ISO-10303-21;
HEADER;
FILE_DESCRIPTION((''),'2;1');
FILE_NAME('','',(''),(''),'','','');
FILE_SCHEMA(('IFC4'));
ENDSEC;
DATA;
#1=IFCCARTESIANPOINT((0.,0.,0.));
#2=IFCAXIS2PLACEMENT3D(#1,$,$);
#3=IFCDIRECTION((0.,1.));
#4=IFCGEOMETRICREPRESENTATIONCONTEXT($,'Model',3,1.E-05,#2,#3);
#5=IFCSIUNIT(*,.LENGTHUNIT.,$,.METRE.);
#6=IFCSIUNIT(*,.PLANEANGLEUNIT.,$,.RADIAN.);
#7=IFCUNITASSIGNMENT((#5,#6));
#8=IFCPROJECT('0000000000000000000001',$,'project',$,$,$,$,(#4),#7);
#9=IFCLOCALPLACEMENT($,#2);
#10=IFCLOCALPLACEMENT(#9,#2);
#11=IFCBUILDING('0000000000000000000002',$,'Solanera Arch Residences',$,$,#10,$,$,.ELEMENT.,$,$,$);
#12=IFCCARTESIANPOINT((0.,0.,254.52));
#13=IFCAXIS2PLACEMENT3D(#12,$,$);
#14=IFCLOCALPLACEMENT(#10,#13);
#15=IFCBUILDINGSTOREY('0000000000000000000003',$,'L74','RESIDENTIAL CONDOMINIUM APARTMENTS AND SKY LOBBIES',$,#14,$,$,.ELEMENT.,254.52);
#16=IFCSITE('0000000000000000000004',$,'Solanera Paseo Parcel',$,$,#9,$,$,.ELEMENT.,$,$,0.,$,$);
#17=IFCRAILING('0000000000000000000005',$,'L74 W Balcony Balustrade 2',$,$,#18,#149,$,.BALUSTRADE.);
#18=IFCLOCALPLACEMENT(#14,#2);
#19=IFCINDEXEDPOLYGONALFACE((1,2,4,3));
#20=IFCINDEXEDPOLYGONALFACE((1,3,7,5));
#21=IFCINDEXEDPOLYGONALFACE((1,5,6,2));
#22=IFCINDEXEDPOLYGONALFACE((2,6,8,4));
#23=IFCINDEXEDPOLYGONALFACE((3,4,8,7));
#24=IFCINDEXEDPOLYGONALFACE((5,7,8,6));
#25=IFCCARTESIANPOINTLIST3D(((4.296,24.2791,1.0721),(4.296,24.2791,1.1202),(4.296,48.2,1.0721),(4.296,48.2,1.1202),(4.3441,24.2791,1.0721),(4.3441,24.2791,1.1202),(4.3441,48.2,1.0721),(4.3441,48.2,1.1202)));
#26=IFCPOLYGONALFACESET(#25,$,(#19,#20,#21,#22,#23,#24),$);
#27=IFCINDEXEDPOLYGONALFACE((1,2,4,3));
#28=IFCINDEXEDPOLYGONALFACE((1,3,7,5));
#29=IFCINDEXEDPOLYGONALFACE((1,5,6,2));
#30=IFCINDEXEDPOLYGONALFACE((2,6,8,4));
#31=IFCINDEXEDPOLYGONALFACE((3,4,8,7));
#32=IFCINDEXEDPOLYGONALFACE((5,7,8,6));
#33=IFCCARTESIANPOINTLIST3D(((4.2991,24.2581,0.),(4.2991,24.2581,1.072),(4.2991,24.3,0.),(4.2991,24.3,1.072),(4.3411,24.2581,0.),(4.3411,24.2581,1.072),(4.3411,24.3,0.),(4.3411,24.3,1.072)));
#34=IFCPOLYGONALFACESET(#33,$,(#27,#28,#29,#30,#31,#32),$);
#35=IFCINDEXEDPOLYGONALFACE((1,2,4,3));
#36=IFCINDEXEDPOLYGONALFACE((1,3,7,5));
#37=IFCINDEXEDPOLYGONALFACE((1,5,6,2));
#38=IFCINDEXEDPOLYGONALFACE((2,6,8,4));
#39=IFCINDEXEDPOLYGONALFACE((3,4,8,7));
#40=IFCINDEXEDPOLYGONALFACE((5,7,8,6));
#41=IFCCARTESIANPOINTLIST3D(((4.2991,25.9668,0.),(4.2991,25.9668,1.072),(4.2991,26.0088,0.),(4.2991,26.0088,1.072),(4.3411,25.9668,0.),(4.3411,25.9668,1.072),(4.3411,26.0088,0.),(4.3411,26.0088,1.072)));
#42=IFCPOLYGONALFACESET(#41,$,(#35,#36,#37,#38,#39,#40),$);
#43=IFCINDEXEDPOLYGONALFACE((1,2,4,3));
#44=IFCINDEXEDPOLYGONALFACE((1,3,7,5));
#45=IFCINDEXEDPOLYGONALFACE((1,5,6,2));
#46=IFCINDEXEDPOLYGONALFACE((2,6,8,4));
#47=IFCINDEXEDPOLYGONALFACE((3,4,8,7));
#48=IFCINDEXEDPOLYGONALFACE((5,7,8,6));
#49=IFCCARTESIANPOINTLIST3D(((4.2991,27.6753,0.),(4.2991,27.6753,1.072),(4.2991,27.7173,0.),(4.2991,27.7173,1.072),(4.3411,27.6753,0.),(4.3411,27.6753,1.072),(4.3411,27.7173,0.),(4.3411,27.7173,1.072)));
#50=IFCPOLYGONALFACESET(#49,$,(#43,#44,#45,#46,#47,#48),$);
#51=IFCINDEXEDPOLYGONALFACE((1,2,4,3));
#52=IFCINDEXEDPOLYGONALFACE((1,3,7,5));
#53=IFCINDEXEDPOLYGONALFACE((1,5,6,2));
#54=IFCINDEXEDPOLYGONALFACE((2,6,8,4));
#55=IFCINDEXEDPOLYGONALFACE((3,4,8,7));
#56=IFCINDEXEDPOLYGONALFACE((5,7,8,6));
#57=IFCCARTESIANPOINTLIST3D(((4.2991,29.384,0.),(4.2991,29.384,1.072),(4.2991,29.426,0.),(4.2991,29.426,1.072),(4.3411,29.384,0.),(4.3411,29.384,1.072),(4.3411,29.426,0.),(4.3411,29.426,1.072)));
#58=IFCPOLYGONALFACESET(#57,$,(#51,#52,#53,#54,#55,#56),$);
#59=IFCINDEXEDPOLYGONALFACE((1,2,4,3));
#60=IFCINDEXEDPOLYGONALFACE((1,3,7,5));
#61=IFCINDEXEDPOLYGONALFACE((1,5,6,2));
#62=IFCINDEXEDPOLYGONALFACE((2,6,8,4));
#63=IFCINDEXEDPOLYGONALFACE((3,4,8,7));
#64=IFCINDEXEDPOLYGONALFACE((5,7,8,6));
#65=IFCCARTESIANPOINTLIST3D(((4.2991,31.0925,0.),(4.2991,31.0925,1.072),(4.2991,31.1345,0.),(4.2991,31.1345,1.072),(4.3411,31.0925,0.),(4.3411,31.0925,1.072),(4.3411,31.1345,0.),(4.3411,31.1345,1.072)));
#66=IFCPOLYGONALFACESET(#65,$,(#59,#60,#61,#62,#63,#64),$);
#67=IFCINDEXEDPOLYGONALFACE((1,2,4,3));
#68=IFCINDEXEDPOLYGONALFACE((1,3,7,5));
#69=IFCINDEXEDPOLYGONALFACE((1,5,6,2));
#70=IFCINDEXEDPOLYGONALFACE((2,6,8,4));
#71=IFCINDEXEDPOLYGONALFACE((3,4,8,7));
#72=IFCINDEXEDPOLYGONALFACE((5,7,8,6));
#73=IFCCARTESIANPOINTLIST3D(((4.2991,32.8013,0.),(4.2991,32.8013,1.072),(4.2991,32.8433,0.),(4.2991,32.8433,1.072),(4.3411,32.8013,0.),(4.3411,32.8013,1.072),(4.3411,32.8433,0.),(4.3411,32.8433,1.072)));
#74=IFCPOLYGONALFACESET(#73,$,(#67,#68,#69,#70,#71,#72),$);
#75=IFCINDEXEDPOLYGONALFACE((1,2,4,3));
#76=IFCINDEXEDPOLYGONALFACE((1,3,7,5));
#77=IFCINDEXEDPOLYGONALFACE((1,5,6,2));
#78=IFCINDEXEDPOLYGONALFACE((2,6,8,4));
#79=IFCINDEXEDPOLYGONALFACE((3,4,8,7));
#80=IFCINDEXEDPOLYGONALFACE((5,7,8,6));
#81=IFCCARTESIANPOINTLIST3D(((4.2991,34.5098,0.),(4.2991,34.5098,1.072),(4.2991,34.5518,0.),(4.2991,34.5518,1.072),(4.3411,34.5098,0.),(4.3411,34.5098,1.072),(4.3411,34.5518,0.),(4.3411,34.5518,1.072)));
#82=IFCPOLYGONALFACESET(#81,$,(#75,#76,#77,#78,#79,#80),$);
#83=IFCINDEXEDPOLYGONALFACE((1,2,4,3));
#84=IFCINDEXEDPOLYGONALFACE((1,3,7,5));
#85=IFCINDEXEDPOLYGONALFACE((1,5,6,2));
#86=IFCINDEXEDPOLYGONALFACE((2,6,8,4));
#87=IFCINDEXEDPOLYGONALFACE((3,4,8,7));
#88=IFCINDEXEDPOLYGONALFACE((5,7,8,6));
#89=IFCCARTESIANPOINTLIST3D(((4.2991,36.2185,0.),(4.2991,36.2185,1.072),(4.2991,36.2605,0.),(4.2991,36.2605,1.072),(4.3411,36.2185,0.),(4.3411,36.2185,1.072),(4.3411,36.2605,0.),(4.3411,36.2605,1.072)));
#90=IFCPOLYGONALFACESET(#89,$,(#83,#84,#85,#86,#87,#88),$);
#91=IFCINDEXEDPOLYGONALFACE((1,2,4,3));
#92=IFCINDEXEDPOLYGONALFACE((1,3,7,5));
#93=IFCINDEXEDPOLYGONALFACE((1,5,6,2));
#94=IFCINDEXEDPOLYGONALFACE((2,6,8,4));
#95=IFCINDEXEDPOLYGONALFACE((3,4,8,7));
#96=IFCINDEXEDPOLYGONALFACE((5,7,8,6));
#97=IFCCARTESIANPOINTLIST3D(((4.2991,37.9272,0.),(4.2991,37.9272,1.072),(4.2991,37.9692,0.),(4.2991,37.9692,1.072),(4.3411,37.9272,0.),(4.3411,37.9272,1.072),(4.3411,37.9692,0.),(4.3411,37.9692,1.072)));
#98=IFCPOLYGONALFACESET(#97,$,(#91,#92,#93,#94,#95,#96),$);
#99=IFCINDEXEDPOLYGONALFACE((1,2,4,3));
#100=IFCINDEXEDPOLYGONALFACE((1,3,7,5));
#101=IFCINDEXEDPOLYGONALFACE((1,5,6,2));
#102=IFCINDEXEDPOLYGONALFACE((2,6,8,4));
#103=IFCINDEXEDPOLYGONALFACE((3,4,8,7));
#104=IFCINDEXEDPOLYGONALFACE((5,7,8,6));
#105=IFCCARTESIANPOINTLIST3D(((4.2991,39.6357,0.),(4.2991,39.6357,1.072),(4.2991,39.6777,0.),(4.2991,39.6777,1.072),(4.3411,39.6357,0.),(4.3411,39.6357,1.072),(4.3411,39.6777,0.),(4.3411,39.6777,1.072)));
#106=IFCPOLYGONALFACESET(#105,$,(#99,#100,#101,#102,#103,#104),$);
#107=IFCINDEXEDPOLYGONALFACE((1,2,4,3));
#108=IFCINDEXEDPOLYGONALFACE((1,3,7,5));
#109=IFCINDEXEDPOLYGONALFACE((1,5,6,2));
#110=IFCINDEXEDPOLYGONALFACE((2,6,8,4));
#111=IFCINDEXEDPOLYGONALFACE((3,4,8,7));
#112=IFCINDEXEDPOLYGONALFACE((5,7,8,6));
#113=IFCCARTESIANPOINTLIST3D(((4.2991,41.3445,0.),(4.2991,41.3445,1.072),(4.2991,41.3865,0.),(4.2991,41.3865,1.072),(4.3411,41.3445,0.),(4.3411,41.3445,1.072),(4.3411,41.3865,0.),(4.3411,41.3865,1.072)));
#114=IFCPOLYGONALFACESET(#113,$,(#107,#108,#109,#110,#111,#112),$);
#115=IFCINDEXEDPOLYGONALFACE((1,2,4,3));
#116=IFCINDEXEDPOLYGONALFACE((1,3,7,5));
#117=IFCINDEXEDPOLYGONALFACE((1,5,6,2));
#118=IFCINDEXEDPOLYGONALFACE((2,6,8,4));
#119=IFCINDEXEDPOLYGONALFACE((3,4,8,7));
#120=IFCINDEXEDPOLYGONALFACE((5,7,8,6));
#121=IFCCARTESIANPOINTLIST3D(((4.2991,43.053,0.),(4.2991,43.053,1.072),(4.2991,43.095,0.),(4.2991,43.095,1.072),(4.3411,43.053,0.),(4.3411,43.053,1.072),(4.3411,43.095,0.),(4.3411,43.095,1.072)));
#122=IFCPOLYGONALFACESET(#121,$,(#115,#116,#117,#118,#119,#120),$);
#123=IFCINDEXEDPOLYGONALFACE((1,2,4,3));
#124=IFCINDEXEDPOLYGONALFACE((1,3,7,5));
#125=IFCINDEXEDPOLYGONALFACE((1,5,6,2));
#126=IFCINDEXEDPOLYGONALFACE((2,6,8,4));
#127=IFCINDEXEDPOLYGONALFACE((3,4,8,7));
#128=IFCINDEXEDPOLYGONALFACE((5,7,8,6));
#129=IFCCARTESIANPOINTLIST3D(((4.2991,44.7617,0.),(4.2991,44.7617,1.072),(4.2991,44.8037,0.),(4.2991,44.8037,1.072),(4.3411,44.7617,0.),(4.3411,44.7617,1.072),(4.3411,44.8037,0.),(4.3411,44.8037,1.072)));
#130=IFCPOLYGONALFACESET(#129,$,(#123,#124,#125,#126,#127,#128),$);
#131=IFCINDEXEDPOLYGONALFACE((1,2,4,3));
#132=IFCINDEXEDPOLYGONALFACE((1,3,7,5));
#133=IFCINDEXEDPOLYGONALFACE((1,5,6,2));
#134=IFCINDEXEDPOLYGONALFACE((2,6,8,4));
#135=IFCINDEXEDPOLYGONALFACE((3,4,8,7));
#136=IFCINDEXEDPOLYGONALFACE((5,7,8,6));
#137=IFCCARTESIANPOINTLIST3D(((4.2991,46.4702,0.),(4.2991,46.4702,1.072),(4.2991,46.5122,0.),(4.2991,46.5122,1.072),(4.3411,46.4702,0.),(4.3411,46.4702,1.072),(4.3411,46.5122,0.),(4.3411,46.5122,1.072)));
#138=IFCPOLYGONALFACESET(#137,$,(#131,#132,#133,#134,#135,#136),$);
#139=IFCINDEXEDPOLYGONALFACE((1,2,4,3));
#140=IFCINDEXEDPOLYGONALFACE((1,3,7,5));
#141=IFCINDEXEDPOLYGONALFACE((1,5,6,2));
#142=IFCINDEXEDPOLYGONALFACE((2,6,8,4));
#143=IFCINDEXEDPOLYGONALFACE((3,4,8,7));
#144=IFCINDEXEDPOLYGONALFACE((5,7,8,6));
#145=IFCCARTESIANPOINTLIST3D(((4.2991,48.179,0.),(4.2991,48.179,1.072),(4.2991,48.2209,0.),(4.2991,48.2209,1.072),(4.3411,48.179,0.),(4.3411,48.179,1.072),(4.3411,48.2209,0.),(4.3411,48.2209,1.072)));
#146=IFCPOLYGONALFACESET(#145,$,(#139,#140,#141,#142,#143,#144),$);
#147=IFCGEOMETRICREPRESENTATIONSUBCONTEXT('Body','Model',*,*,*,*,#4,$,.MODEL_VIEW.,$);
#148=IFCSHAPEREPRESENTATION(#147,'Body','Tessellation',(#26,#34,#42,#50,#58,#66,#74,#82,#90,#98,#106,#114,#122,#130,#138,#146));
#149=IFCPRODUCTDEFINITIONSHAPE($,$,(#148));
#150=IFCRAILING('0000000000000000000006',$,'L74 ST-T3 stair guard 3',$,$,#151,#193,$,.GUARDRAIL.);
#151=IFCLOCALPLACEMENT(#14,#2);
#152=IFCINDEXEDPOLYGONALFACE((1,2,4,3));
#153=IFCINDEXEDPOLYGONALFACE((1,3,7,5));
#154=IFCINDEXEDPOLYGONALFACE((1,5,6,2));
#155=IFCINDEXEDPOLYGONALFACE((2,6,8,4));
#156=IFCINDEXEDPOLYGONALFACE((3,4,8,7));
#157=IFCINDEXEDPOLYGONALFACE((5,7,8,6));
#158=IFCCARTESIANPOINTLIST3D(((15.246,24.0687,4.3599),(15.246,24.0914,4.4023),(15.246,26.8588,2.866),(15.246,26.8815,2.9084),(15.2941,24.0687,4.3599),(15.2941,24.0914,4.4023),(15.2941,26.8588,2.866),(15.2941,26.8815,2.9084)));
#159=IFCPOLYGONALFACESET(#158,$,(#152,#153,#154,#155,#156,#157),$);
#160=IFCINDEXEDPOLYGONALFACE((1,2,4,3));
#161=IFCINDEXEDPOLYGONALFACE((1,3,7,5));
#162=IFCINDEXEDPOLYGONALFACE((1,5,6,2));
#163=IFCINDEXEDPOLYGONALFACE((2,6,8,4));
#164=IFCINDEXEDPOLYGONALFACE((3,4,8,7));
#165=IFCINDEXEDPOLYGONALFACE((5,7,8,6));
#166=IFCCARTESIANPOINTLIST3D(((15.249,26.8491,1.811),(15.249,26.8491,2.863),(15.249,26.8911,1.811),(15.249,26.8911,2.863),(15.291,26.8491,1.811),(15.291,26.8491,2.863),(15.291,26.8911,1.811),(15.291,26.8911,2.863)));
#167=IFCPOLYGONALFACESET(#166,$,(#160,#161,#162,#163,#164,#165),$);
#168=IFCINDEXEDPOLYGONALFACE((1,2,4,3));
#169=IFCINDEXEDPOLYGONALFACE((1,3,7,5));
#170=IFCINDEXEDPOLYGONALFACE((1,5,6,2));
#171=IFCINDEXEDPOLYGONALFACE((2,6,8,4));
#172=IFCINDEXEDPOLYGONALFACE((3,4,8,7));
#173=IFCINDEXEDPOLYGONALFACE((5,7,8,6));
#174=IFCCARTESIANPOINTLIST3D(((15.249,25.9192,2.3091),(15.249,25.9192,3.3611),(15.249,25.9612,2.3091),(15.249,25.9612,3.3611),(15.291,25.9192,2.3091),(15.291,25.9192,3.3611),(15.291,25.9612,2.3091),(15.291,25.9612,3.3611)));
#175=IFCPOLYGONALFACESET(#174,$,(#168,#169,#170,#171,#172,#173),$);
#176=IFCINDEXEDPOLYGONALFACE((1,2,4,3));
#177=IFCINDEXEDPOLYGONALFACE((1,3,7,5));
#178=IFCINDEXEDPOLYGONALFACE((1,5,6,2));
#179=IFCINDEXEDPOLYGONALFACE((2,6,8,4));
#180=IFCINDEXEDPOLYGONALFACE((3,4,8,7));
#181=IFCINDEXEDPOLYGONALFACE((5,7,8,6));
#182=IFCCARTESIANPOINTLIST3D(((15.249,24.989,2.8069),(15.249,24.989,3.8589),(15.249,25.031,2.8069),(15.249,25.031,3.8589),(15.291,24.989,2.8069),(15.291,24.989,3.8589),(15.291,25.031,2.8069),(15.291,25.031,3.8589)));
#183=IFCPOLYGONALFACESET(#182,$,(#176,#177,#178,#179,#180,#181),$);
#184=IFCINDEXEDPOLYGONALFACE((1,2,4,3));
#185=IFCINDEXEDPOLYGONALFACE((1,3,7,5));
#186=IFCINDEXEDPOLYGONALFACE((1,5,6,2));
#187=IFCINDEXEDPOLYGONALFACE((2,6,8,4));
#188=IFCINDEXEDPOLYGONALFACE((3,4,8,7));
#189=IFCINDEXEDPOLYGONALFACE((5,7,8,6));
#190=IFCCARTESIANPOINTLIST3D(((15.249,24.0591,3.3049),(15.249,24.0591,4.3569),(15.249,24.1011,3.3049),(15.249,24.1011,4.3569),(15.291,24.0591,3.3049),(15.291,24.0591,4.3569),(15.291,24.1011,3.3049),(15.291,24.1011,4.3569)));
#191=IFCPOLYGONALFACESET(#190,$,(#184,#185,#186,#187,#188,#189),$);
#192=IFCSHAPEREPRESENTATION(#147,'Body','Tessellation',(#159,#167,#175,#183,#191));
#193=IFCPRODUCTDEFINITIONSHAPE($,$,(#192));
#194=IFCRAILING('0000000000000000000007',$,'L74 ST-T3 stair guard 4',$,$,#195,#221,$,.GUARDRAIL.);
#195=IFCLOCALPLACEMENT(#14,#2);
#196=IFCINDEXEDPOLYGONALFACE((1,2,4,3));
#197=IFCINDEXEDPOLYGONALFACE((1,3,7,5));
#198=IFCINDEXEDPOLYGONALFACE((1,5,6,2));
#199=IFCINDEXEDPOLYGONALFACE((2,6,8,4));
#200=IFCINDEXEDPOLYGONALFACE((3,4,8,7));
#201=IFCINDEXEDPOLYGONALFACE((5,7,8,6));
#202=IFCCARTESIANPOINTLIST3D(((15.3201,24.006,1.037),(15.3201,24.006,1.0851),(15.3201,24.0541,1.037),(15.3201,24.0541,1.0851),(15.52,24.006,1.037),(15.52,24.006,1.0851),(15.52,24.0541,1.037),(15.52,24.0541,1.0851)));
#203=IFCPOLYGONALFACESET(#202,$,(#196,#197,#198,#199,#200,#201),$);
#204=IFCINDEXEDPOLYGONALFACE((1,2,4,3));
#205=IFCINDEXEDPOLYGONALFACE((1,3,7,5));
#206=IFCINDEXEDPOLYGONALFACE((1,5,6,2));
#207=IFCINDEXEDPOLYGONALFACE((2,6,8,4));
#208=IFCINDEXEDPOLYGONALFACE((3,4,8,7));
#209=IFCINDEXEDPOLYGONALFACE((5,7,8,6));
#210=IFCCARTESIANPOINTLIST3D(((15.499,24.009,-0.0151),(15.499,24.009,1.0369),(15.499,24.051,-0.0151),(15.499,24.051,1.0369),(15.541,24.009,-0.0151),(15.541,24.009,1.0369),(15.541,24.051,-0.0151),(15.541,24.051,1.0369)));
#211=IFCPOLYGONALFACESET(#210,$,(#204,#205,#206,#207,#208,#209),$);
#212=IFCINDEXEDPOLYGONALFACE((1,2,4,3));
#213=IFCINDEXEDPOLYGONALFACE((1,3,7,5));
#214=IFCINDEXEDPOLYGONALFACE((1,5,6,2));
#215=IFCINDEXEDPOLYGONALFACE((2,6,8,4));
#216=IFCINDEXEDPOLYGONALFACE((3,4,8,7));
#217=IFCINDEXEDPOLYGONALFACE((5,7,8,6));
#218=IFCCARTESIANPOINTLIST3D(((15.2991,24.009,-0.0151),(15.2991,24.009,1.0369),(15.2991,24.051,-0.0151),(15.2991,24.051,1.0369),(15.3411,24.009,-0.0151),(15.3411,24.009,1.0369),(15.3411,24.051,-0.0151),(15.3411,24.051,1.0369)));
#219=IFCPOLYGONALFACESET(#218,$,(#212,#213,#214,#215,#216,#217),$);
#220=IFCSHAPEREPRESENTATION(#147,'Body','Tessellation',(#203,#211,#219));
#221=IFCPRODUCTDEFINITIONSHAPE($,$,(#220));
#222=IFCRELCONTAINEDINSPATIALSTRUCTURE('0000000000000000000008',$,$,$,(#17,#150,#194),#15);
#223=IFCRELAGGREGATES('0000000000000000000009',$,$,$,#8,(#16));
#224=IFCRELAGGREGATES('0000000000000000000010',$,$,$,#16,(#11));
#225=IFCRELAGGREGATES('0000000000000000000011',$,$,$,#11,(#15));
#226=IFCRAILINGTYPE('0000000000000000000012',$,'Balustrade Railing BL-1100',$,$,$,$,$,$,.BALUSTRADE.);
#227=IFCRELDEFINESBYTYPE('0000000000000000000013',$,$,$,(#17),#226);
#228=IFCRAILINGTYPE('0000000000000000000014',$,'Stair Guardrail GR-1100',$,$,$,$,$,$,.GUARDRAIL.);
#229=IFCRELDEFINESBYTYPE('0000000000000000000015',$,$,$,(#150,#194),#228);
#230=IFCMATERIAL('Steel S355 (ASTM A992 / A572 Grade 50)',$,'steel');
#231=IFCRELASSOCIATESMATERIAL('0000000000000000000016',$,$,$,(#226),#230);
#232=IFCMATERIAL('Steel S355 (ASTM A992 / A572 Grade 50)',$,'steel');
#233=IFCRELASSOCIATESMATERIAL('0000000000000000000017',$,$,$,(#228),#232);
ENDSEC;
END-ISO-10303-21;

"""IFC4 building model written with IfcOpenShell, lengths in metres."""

from ifc_helpers import new_model, si_unit, direction, frame, origin, origin_2d, place, context, subcontext, project, spatial, rectangle, extrude, material, type_object, element, save


model = new_model("IFC4")

# Units and contexts
model_context = context("Model", 3, precision=1e-05, world=origin(), true_north=direction((0.0, 1.0)))
body_context = subcontext(model_context, "Body", "Model", "MODEL_VIEW")
ifc_project = project(units=[si_unit("LENGTHUNIT", "METRE"), si_unit("PLANEANGLEUNIT", "RADIAN")], contexts=[model_context])

# Site, building, storey
site_placement = place(None, origin())
site = spatial("IfcSite", under=ifc_project, at=site_placement, Name="Solanera Paseo Parcel", CompositionType="ELEMENT", RefElevation=0.0)
building_placement = place(site_placement, origin())
building = spatial("IfcBuilding", under=site, at=building_placement, Name="Solanera Arch Residences", CompositionType="ELEMENT")
storey_placement = place(building_placement, frame((0.0, 0.0, 254.52)))
storey = spatial("IfcBuildingStorey", under=building, at=storey_placement, Name="L74", Description="RESIDENTIAL CONDOMINIUM APARTMENTS AND SKY LOBBIES", CompositionType="ELEMENT", Elevation=254.52)

# Railings
ifc_material_1 = material(Name="Steel S355 (ASTM A992 / A572 Grade 50)", Category="steel")
railing_type_1 = type_object("IfcRailingType", Name="Balustrade Railing BL-1100", PredefinedType="BALUSTRADE", material=ifc_material_1)
railing_1_placement = place(storey_placement, frame((4.3201, 24.2791, 0.0)))
element("IfcRailing", 1, at=railing_1_placement, inside=storey, type_object=railing_type_1, Name="L74 W Balcony Balustrade 2", PredefinedType="BALUSTRADE", context=body_context, shape_type="SweptSolid", body=[
    extrude(rectangle(XDim=0.0481, YDim=0.0481, at=origin_2d()), frame((0.0, 0.0, 1.0962), z_axis=(0.0, 1.0, 0.0), x_axis=(-1.0, 0.0, 0.0)), (0.0, 0.0, 1.0), 23.9209),
    extrude(rectangle(XDim=0.042, YDim=0.042, at=origin_2d()), origin(), (0.0, 0.0, 1.0), 1.072),
    extrude(rectangle(XDim=0.042, YDim=0.042, at=origin_2d()), frame((0.0, 1.7087, 0.0)), (0.0, 0.0, 1.0), 1.072),
    extrude(rectangle(XDim=0.042, YDim=0.042, at=origin_2d()), frame((0.0, 3.4172, 0.0)), (0.0, 0.0, 1.0), 1.072),
    extrude(rectangle(XDim=0.042, YDim=0.042, at=origin_2d()), frame((0.0, 5.126, 0.0)), (0.0, 0.0, 1.0), 1.072),
    extrude(rectangle(XDim=0.042, YDim=0.042, at=origin_2d()), frame((0.0, 6.8345, 0.0)), (0.0, 0.0, 1.0), 1.072),
    extrude(rectangle(XDim=0.042, YDim=0.042, at=origin_2d()), frame((0.0, 8.5432, 0.0)), (0.0, 0.0, 1.0), 1.072),
    extrude(rectangle(XDim=0.042, YDim=0.042, at=origin_2d()), frame((0.0, 10.2517, 0.0)), (0.0, 0.0, 1.0), 1.072),
    extrude(rectangle(XDim=0.042, YDim=0.042, at=origin_2d()), frame((0.0, 11.9604, 0.0)), (0.0, 0.0, 1.0), 1.072),
    extrude(rectangle(XDim=0.042, YDim=0.042, at=origin_2d()), frame((0.0, 13.6692, 0.0)), (0.0, 0.0, 1.0), 1.072),
    extrude(rectangle(XDim=0.042, YDim=0.042, at=origin_2d()), frame((0.0, 15.3777, 0.0)), (0.0, 0.0, 1.0), 1.072),
    extrude(rectangle(XDim=0.042, YDim=0.042, at=origin_2d()), frame((0.0, 17.0864, 0.0)), (0.0, 0.0, 1.0), 1.072),
    extrude(rectangle(XDim=0.042, YDim=0.042, at=origin_2d()), frame((0.0, 18.7949, 0.0)), (0.0, 0.0, 1.0), 1.072),
    extrude(rectangle(XDim=0.042, YDim=0.042, at=origin_2d()), frame((0.0, 20.5037, 0.0)), (0.0, 0.0, 1.0), 1.072),
    extrude(rectangle(XDim=0.042, YDim=0.042, at=origin_2d()), frame((0.0, 22.2122, 0.0)), (0.0, 0.0, 1.0), 1.072),
    extrude(rectangle(XDim=0.042, YDim=0.042, at=origin_2d()), frame((0.0, 23.9209, 0.0)), (0.0, 0.0, 1.0), 1.072),
])
ifc_material_2 = material(Name="Steel S355 (ASTM A992 / A572 Grade 50)", Category="steel")
railing_type_2 = type_object("IfcRailingType", Name="Stair Guardrail GR-1100", PredefinedType="GUARDRAIL", material=ifc_material_2)
railing_2_placement = place(storey_placement, frame((15.27, 26.8701, 1.811)))
element("IfcRailing", 2, at=railing_2_placement, inside=storey, type_object=railing_type_2, Name="L74 ST-T3 stair guard 3", PredefinedType="GUARDRAIL", context=body_context, shape_type="SweptSolid", body=[
    extrude(rectangle(XDim=0.0481, YDim=0.0481, at=origin_2d()), frame((0.0, 0.0, 1.0762), z_axis=(0.0, -0.881581, 0.472033), x_axis=(1.0, 0.0, 0.0)), (0.0, 0.0, 1.0), 3.1648),
    extrude(rectangle(XDim=0.042, YDim=0.042, at=origin_2d()), origin(), (0.0, 0.0, 1.0), 1.052),
    extrude(rectangle(XDim=0.042, YDim=0.042, at=origin_2d()), frame((0.0, -0.9299, 0.498)), (0.0, 0.0, 1.0), 1.052),
    extrude(rectangle(XDim=0.042, YDim=0.042, at=origin_2d()), frame((0.0, -1.8601, 0.9958)), (0.0, 0.0, 1.0), 1.052),
    extrude(rectangle(XDim=0.042, YDim=0.042, at=origin_2d()), frame((0.0, -2.79, 1.4939)), (0.0, 0.0, 1.0), 1.052),
])
railing_3_placement = place(storey_placement, frame((15.52, 24.03, -0.0151)))
element("IfcRailing", 3, at=railing_3_placement, inside=storey, type_object=railing_type_2, Name="L74 ST-T3 stair guard 4", PredefinedType="GUARDRAIL", context=body_context, shape_type="SweptSolid", body=[
    extrude(rectangle(XDim=0.0481, YDim=0.0481, at=origin_2d()), frame((0.0, 0.0, 1.0762), z_axis=(-1.0, 0.0, 0.0), x_axis=(0.0, -1.0, 0.0)), (0.0, 0.0, 1.0), 0.2),
    extrude(rectangle(XDim=0.042, YDim=0.042, at=origin_2d()), origin(), (0.0, 0.0, 1.0), 1.052),
    extrude(rectangle(XDim=0.042, YDim=0.042, at=origin_2d()), frame((-0.2, 0.0, 0.0)), (0.0, 0.0, 1.0), 1.052),
])

save(model, "model.ifc")
